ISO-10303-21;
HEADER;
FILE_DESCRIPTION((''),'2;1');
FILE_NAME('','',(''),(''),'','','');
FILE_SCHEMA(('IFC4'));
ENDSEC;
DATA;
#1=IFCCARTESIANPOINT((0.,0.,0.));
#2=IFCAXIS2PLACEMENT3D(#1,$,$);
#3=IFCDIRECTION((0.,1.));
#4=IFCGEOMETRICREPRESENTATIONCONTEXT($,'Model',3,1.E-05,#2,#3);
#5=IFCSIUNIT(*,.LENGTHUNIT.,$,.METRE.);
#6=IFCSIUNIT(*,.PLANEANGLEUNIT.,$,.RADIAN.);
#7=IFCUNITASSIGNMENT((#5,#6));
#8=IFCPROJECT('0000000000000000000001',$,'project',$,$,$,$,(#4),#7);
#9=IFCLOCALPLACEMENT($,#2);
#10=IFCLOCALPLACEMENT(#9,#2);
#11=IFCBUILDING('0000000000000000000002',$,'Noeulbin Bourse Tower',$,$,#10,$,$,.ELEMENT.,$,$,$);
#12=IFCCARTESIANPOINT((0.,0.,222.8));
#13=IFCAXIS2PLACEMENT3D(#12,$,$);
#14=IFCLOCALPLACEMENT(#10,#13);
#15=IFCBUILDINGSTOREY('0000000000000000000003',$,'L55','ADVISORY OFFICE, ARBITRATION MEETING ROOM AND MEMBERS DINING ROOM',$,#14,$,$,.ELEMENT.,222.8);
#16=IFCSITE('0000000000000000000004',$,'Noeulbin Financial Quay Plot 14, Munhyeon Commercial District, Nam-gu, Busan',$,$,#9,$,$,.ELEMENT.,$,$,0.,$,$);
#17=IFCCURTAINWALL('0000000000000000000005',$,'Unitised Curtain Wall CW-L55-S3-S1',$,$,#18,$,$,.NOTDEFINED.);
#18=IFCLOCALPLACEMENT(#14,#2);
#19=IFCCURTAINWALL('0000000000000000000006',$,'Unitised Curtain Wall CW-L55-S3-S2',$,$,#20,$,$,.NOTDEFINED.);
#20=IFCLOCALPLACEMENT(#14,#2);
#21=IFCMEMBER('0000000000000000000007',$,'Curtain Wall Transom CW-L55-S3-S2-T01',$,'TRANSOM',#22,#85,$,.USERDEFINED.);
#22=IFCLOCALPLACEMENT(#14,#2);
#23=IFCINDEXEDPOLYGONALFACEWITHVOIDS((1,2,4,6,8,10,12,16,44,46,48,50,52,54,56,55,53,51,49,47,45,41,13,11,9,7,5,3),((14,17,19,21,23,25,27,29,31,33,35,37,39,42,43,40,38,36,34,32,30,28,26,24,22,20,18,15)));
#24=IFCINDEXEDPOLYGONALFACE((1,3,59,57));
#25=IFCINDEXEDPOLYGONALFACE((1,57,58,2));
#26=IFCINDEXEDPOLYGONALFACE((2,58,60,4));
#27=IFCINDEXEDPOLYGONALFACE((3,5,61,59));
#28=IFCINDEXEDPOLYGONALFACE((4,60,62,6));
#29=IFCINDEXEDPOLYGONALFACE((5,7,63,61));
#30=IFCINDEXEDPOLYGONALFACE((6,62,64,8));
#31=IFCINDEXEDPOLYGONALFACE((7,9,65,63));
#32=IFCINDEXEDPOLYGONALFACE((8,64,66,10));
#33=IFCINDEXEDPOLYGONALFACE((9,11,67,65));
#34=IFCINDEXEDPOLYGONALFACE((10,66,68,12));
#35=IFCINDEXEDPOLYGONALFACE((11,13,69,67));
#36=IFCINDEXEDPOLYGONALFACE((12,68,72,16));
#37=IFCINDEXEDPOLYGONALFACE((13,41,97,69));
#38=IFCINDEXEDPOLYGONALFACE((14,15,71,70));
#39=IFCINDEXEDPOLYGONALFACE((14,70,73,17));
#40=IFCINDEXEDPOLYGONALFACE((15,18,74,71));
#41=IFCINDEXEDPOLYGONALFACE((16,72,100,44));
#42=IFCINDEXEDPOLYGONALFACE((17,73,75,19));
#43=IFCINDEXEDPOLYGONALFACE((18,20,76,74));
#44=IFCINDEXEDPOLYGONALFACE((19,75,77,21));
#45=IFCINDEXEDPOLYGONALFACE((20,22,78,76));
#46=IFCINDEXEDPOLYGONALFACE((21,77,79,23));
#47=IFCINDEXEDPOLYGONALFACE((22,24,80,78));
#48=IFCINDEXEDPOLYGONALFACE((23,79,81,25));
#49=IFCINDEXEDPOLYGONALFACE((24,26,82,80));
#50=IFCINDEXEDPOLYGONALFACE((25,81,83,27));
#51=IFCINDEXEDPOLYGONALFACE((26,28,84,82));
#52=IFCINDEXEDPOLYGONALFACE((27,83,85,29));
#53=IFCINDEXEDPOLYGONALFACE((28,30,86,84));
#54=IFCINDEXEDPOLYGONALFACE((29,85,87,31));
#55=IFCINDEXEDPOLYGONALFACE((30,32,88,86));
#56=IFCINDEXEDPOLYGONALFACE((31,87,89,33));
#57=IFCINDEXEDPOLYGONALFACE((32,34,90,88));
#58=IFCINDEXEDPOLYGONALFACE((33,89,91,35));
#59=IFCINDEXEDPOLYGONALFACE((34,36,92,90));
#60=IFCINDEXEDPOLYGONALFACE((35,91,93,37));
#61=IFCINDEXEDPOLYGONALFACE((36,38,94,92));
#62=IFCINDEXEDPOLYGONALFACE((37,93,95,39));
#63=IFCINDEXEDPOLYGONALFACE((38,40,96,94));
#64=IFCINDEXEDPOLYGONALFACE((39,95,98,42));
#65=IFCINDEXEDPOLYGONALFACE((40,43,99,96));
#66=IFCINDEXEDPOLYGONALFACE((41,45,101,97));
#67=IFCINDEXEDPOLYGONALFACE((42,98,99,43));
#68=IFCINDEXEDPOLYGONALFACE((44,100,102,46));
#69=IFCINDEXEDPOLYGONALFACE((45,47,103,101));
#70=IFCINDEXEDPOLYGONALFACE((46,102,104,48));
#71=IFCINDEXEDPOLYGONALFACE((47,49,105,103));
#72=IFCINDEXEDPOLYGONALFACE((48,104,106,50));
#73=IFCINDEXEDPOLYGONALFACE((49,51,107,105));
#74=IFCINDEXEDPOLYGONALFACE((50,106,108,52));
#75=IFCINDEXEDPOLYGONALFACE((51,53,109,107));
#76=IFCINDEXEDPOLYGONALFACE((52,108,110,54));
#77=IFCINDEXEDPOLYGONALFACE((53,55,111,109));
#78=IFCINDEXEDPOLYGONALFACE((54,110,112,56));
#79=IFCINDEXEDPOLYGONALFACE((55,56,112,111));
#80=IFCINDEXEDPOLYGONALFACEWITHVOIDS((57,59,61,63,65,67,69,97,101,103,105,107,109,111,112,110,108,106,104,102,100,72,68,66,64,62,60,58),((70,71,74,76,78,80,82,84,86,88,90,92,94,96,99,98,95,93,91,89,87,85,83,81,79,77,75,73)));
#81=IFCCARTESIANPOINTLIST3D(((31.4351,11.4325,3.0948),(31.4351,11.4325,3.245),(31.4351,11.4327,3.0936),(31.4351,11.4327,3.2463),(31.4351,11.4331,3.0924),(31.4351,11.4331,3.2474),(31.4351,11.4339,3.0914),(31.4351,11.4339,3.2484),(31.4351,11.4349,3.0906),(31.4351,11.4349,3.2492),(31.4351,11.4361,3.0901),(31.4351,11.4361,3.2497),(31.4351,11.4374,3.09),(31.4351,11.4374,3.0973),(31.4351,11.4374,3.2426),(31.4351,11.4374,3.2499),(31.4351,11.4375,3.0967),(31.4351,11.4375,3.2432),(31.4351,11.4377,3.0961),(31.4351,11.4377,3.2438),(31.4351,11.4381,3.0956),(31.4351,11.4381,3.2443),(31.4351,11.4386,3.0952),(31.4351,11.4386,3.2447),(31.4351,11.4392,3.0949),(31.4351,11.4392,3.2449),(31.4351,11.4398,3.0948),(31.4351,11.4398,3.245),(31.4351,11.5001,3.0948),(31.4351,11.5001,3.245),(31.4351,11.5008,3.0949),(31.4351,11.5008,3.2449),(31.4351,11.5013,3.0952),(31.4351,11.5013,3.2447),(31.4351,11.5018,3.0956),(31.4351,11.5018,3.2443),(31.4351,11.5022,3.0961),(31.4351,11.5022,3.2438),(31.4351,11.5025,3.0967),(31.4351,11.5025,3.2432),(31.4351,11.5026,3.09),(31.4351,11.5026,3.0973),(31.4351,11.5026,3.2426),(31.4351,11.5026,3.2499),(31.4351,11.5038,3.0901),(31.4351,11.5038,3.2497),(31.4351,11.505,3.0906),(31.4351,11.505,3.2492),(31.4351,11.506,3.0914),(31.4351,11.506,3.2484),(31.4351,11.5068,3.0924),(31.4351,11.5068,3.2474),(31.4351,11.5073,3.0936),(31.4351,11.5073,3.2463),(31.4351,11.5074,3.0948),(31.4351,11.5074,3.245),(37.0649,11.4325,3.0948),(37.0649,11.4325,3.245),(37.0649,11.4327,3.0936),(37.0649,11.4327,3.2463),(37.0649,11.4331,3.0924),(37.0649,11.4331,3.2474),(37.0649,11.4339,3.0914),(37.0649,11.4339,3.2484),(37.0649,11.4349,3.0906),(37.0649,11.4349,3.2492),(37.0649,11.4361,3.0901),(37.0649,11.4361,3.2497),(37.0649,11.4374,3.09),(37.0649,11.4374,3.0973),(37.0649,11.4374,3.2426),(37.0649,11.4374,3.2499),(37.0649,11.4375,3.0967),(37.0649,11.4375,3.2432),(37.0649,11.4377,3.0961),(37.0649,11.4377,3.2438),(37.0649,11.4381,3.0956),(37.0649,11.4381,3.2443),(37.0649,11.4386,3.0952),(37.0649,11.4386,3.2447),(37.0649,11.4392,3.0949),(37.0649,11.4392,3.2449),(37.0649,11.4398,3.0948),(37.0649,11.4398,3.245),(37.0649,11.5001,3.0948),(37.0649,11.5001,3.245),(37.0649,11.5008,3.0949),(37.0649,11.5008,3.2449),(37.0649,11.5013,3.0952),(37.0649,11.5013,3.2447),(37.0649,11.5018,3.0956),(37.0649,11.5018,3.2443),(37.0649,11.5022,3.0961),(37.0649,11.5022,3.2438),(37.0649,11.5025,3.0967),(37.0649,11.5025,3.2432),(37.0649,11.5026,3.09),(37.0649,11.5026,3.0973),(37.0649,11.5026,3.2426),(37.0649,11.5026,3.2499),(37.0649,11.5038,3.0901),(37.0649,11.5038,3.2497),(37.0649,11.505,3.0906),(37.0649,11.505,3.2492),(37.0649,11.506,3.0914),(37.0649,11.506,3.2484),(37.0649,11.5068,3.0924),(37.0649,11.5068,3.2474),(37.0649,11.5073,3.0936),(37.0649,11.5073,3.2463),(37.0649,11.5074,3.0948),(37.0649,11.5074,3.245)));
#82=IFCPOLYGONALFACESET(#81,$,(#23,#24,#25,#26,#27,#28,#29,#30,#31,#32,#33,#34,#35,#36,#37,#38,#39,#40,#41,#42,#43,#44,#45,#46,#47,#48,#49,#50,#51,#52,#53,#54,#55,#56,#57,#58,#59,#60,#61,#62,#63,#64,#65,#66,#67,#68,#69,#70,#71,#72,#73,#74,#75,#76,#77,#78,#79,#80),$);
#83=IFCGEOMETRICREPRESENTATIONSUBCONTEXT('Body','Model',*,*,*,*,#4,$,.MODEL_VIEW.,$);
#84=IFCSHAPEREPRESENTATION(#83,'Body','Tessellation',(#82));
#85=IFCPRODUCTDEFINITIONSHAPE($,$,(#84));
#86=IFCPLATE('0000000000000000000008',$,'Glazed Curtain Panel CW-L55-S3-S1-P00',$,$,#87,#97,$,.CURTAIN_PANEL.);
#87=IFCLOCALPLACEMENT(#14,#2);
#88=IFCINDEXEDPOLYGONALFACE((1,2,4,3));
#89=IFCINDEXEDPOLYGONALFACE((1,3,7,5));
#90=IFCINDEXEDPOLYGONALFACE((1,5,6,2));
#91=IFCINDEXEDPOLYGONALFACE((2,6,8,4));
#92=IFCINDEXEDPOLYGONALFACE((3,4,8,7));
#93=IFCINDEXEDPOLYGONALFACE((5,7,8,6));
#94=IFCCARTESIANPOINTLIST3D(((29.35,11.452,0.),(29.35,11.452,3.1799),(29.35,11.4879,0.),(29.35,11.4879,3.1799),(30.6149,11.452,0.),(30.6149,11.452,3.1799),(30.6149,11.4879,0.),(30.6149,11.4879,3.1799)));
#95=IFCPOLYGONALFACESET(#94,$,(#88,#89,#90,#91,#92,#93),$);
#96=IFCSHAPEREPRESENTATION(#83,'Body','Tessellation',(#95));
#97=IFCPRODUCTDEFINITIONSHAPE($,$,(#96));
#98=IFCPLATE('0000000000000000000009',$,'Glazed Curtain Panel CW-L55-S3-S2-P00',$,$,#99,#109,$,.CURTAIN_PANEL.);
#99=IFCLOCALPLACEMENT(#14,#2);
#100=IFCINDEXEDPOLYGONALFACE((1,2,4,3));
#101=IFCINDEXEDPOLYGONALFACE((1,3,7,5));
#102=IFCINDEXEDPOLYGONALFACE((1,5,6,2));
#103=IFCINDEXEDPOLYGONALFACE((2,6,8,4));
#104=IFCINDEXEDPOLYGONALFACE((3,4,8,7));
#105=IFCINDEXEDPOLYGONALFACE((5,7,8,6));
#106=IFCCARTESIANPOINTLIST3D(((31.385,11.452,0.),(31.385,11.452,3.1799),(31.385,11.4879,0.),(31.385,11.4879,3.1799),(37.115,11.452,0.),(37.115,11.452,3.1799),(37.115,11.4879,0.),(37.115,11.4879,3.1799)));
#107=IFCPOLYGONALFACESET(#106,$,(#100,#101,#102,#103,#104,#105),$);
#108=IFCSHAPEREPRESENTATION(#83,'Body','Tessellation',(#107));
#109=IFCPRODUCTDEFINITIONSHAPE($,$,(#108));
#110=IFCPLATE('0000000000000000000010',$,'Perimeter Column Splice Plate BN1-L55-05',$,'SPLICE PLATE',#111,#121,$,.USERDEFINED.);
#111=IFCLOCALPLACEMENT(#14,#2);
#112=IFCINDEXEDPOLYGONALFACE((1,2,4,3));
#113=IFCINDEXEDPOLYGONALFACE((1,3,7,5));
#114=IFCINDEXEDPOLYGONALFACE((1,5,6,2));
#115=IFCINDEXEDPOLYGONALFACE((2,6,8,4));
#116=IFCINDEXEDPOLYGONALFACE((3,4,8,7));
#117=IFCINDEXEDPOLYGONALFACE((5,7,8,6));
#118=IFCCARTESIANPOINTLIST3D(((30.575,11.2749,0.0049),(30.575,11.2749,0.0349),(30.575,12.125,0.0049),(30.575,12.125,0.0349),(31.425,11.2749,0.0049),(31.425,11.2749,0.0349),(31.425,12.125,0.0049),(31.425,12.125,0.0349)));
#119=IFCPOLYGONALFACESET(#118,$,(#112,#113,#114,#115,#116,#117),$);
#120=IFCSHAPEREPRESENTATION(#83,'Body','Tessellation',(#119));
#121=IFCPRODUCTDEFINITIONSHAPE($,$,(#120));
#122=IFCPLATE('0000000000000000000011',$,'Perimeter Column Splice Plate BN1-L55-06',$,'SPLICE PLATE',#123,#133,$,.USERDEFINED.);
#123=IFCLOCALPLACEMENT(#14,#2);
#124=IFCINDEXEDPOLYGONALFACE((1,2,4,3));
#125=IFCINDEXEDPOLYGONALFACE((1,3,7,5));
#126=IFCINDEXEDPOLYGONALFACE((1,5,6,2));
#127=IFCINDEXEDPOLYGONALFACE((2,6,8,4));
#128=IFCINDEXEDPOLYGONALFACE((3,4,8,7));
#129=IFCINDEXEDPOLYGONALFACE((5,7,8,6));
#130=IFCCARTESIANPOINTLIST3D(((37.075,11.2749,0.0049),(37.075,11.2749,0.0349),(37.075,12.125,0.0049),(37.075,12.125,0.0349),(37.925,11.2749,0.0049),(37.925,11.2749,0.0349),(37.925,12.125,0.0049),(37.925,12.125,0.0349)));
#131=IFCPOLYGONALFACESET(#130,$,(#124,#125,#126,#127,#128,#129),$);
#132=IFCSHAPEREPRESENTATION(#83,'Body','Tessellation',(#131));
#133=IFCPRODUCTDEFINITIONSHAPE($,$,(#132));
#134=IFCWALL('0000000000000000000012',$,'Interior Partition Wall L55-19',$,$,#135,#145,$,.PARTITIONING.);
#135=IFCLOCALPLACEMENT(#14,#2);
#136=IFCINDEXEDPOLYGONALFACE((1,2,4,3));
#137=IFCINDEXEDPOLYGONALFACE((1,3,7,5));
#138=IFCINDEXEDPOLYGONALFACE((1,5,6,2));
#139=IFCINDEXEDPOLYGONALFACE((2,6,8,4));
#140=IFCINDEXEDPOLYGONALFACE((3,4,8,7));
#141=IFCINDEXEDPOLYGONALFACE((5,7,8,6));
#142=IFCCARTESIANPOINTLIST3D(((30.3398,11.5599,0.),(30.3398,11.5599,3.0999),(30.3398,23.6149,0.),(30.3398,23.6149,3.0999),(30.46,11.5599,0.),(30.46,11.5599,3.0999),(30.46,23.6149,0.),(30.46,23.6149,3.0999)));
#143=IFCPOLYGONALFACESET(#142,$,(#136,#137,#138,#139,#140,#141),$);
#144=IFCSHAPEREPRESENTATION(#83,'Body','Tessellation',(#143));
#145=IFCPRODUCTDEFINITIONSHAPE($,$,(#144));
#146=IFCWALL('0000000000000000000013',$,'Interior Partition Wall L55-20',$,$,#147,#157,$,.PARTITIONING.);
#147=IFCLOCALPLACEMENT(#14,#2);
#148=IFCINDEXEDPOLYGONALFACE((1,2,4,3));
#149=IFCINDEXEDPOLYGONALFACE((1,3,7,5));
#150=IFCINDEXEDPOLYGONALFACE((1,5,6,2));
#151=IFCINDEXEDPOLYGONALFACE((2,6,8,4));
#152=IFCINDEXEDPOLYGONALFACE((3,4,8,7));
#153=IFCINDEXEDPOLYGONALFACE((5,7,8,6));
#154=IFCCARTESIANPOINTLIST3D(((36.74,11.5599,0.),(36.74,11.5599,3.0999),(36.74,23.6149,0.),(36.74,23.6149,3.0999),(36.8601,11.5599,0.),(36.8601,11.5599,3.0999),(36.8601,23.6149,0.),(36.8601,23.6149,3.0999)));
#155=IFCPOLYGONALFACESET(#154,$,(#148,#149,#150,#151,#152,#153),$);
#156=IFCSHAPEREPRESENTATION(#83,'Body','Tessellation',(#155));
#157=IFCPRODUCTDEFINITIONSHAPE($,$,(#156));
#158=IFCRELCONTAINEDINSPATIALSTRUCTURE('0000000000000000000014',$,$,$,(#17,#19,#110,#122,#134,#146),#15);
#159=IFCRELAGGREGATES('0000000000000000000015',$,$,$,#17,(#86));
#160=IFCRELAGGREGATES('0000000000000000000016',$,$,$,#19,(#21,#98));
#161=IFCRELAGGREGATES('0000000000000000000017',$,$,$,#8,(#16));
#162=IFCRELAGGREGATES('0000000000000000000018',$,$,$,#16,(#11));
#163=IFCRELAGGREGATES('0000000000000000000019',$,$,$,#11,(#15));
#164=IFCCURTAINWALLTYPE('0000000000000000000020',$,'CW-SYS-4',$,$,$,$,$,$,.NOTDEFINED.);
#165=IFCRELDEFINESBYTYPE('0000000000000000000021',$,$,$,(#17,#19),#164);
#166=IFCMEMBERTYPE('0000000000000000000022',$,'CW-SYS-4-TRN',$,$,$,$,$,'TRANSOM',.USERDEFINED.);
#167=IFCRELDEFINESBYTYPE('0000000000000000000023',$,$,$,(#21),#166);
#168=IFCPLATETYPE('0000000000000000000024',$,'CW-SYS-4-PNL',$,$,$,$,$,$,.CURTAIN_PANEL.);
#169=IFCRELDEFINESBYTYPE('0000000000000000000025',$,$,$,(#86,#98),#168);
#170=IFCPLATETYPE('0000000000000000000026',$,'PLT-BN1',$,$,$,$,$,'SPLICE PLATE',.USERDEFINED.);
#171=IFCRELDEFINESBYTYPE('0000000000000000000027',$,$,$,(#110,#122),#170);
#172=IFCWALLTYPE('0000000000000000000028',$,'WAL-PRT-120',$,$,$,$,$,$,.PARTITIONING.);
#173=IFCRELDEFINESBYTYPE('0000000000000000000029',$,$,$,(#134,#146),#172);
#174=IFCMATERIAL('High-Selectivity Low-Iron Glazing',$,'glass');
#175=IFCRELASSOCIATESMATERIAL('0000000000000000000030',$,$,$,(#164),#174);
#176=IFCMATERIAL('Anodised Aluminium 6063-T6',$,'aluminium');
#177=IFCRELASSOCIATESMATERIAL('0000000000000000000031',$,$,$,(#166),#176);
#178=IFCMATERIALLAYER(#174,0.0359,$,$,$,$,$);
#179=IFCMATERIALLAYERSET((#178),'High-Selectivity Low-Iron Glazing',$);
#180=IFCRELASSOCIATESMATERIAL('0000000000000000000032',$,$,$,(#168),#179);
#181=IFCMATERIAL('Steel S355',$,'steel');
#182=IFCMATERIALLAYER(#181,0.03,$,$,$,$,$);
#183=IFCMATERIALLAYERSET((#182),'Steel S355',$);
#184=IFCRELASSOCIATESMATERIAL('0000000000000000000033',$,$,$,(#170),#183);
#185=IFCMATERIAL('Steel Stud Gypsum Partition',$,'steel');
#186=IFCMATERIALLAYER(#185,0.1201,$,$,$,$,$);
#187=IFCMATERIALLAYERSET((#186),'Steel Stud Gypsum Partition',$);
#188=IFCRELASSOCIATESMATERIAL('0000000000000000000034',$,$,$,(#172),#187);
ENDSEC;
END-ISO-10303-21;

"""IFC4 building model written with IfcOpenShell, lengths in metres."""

from ifc_helpers import new_model, si_unit, direction, frame, frame_2d, origin, origin_2d, place, context, subcontext, project, spatial, rectangle, hollow_rectangle, extrude, material, layer, layer_set, material_profile, profile_set, type_object, element, aggregate, save


model = new_model("IFC4")

# Units and contexts
model_context = context("Model", 3, precision=1e-05, world=origin(), true_north=direction((0.0, 1.0)))
body_context = subcontext(model_context, "Body", "Model", "MODEL_VIEW")
ifc_project = project(units=[si_unit("LENGTHUNIT", "METRE"), si_unit("PLANEANGLEUNIT", "RADIAN")], contexts=[model_context])

# Site, building, storey
site_placement = place(None, origin())
site = spatial("IfcSite", under=ifc_project, at=site_placement, Name="Noeulbin Financial Quay Plot 14, Munhyeon Commercial District, Nam-gu, Busan", CompositionType="ELEMENT", RefElevation=0.0)
building_placement = place(site_placement, origin())
building = spatial("IfcBuilding", under=site, at=building_placement, Name="Noeulbin Bourse Tower", CompositionType="ELEMENT")
storey_placement = place(building_placement, frame((0.0, 0.0, 222.8)))
storey = spatial("IfcBuildingStorey", under=building, at=storey_placement, Name="L55", Description="ADVISORY OFFICE, ARBITRATION MEETING ROOM AND MEMBERS DINING ROOM", CompositionType="ELEMENT", Elevation=222.8)

# Shared definitions
ifc_material_1 = material(Name="Steel S355", Category="steel")

# Curtain wall
ifc_material_2 = material(Name="High-Selectivity Low-Iron Glazing", Category="glass")
curtain_wall_type = type_object("IfcCurtainWallType", Name="CW-SYS-4", PredefinedType="NOTDEFINED", material=ifc_material_2)
curtain_wall_1_placement = place(storey_placement, origin())
curtain_wall_1 = element("IfcCurtainWall", 1, at=curtain_wall_1_placement, inside=storey, type_object=curtain_wall_type, Name="Unitised Curtain Wall CW-L55-S3-S1", PredefinedType="NOTDEFINED")
ifc_material_3 = material(Name="Anodised Aluminium 6063-T6", Category="aluminium")

# Curtain wall
curtain_wall_2_placement = place(storey_placement, origin())
curtain_wall_2 = element("IfcCurtainWall", 2, at=curtain_wall_2_placement, inside=storey, type_object=curtain_wall_type, Name="Unitised Curtain Wall CW-L55-S3-S2", PredefinedType="NOTDEFINED")

# Member
ifc_material_profile_1 = material_profile(ifc_material_3, hollow_rectangle(XDim=0.075, YDim=0.1599, WallThickness=0.0049, InnerFilletRadius=0.0024, OuterFilletRadius=0.0049, at=origin_2d()), Name="ALU-TRAN-75x160x5", Category="LoadBearing")
ifc_profile_set_1 = profile_set([ifc_material_profile_1], Name="Anodised Aluminium 6063-T6")
member_type_1 = type_object("IfcMemberType", Name="CW-SYS-4-TRN", ElementType="TRANSOM", PredefinedType="USERDEFINED", material=ifc_profile_set_1)
member_1_placement = place(storey_placement, frame((31.4351, 11.47, 3.1699), z_axis=(1.0, 0.0, 0.0), x_axis=(0.0, 1.0, 0.0)))
member_1 = element("IfcMember", 3, at=member_1_placement, type_object=member_type_1, Name="Curtain Wall Transom CW-L55-S3-S2-T01", ObjectType="TRANSOM", PredefinedType="USERDEFINED", context=body_context, shape_type="SweptSolid", body=[
    extrude(hollow_rectangle(XDim=0.075, YDim=0.1599, WallThickness=0.0049, InnerFilletRadius=0.0024, OuterFilletRadius=0.0049, at=origin_2d()), origin(), (0.0, 0.0, 1.0), 5.6299),
])

# Plates
ifc_layer_1 = layer(ifc_material_2, 0.0359)
ifc_layer_set_1 = layer_set([ifc_layer_1], Name="High-Selectivity Low-Iron Glazing")
plate_type_1 = type_object("IfcPlateType", Name="CW-SYS-4-PNL", PredefinedType="CURTAIN_PANEL", material=ifc_layer_set_1)
plate_1_placement = place(storey_placement, frame((29.9824, 11.47, 0.0), z_axis=(0.0, 0.0, 1.0), x_axis=(1.0, 0.0, 0.0)))
plate_1 = element("IfcPlate", 4, at=plate_1_placement, type_object=plate_type_1, Name="Glazed Curtain Panel CW-L55-S3-S1-P00", PredefinedType="CURTAIN_PANEL", context=body_context, shape_type="SweptSolid", body=[
    extrude(rectangle(XDim=1.2649, YDim=0.0359, at=origin_2d()), origin(), (0.0, 0.0, 1.0), 3.1799),
])
aggregate(curtain_wall_1, [plate_1])
plate_2_placement = place(storey_placement, frame((34.25, 11.47, 0.0), z_axis=(0.0, 0.0, 1.0), x_axis=(1.0, 0.0, 0.0)))
plate_2 = element("IfcPlate", 5, at=plate_2_placement, type_object=plate_type_1, Name="Glazed Curtain Panel CW-L55-S3-S2-P00", PredefinedType="CURTAIN_PANEL", context=body_context, shape_type="SweptSolid", body=[
    extrude(rectangle(XDim=5.73, YDim=0.0359, at=origin_2d()), origin(), (0.0, 0.0, 1.0), 3.1799),
])
aggregate(curtain_wall_2, [member_1, plate_2])

# Plates
ifc_layer_2 = layer(ifc_material_1, 0.03)
ifc_layer_set_2 = layer_set([ifc_layer_2], Name="Steel S355")
plate_type_2 = type_object("IfcPlateType", Name="PLT-BN1", ElementType="SPLICE PLATE", PredefinedType="USERDEFINED", material=ifc_layer_set_2)
for number, where, z_axis, x_axis, name in (
    (6, (31.0, 11.7, 0.0049), (0.0, 0.0, 1.0), (1.0, 0.0, 0.0), "Perimeter Column Splice Plate BN1-L55-05"),
    (7, (37.5, 11.7, 0.0049), (0.0, 0.0, 1.0), (1.0, 0.0, 0.0), "Perimeter Column Splice Plate BN1-L55-06"),
):
    element("IfcPlate", number, at=place(storey_placement, frame(where, z_axis=z_axis, x_axis=x_axis)), inside=storey, type_object=plate_type_2, Name=name, ObjectType="SPLICE PLATE", PredefinedType="USERDEFINED", context=body_context, shape_type="SweptSolid", body=[
        extrude(rectangle(XDim=0.8501, YDim=0.8501, at=origin_2d()), origin(), (0.0, 0.0, 1.0), 0.03),
    ])

# Walls
ifc_material_4 = material(Name="Steel Stud Gypsum Partition", Category="steel")
ifc_layer_3 = layer(ifc_material_4, 0.1201)
ifc_layer_set_3 = layer_set([ifc_layer_3], Name="Steel Stud Gypsum Partition")
wall_type = type_object("IfcWallType", Name="WAL-PRT-120", PredefinedType="PARTITIONING", material=ifc_layer_set_3)
for number, where, z_axis, x_axis, name in (
    (8, (30.3999, 11.5601, 0.0), (0.0, 0.0, 1.0), (0.0, 1.0, 0.0), "Interior Partition Wall L55-19"),
    (9, (36.8, 11.5601, 0.0), (0.0, 0.0, 1.0), (0.0, 1.0, 0.0), "Interior Partition Wall L55-20"),
):
    element("IfcWall", number, at=place(storey_placement, frame(where, z_axis=z_axis, x_axis=x_axis)), inside=storey, type_object=wall_type, Name=name, PredefinedType="PARTITIONING", context=body_context, shape_type="SweptSolid", body=[
        extrude(rectangle(XDim=12.0549, YDim=0.1201, at=frame_2d((6.0273, 0.0))), origin(), (0.0, 0.0, 1.0), 3.0999),
    ])

save(model, "model.ifc")
